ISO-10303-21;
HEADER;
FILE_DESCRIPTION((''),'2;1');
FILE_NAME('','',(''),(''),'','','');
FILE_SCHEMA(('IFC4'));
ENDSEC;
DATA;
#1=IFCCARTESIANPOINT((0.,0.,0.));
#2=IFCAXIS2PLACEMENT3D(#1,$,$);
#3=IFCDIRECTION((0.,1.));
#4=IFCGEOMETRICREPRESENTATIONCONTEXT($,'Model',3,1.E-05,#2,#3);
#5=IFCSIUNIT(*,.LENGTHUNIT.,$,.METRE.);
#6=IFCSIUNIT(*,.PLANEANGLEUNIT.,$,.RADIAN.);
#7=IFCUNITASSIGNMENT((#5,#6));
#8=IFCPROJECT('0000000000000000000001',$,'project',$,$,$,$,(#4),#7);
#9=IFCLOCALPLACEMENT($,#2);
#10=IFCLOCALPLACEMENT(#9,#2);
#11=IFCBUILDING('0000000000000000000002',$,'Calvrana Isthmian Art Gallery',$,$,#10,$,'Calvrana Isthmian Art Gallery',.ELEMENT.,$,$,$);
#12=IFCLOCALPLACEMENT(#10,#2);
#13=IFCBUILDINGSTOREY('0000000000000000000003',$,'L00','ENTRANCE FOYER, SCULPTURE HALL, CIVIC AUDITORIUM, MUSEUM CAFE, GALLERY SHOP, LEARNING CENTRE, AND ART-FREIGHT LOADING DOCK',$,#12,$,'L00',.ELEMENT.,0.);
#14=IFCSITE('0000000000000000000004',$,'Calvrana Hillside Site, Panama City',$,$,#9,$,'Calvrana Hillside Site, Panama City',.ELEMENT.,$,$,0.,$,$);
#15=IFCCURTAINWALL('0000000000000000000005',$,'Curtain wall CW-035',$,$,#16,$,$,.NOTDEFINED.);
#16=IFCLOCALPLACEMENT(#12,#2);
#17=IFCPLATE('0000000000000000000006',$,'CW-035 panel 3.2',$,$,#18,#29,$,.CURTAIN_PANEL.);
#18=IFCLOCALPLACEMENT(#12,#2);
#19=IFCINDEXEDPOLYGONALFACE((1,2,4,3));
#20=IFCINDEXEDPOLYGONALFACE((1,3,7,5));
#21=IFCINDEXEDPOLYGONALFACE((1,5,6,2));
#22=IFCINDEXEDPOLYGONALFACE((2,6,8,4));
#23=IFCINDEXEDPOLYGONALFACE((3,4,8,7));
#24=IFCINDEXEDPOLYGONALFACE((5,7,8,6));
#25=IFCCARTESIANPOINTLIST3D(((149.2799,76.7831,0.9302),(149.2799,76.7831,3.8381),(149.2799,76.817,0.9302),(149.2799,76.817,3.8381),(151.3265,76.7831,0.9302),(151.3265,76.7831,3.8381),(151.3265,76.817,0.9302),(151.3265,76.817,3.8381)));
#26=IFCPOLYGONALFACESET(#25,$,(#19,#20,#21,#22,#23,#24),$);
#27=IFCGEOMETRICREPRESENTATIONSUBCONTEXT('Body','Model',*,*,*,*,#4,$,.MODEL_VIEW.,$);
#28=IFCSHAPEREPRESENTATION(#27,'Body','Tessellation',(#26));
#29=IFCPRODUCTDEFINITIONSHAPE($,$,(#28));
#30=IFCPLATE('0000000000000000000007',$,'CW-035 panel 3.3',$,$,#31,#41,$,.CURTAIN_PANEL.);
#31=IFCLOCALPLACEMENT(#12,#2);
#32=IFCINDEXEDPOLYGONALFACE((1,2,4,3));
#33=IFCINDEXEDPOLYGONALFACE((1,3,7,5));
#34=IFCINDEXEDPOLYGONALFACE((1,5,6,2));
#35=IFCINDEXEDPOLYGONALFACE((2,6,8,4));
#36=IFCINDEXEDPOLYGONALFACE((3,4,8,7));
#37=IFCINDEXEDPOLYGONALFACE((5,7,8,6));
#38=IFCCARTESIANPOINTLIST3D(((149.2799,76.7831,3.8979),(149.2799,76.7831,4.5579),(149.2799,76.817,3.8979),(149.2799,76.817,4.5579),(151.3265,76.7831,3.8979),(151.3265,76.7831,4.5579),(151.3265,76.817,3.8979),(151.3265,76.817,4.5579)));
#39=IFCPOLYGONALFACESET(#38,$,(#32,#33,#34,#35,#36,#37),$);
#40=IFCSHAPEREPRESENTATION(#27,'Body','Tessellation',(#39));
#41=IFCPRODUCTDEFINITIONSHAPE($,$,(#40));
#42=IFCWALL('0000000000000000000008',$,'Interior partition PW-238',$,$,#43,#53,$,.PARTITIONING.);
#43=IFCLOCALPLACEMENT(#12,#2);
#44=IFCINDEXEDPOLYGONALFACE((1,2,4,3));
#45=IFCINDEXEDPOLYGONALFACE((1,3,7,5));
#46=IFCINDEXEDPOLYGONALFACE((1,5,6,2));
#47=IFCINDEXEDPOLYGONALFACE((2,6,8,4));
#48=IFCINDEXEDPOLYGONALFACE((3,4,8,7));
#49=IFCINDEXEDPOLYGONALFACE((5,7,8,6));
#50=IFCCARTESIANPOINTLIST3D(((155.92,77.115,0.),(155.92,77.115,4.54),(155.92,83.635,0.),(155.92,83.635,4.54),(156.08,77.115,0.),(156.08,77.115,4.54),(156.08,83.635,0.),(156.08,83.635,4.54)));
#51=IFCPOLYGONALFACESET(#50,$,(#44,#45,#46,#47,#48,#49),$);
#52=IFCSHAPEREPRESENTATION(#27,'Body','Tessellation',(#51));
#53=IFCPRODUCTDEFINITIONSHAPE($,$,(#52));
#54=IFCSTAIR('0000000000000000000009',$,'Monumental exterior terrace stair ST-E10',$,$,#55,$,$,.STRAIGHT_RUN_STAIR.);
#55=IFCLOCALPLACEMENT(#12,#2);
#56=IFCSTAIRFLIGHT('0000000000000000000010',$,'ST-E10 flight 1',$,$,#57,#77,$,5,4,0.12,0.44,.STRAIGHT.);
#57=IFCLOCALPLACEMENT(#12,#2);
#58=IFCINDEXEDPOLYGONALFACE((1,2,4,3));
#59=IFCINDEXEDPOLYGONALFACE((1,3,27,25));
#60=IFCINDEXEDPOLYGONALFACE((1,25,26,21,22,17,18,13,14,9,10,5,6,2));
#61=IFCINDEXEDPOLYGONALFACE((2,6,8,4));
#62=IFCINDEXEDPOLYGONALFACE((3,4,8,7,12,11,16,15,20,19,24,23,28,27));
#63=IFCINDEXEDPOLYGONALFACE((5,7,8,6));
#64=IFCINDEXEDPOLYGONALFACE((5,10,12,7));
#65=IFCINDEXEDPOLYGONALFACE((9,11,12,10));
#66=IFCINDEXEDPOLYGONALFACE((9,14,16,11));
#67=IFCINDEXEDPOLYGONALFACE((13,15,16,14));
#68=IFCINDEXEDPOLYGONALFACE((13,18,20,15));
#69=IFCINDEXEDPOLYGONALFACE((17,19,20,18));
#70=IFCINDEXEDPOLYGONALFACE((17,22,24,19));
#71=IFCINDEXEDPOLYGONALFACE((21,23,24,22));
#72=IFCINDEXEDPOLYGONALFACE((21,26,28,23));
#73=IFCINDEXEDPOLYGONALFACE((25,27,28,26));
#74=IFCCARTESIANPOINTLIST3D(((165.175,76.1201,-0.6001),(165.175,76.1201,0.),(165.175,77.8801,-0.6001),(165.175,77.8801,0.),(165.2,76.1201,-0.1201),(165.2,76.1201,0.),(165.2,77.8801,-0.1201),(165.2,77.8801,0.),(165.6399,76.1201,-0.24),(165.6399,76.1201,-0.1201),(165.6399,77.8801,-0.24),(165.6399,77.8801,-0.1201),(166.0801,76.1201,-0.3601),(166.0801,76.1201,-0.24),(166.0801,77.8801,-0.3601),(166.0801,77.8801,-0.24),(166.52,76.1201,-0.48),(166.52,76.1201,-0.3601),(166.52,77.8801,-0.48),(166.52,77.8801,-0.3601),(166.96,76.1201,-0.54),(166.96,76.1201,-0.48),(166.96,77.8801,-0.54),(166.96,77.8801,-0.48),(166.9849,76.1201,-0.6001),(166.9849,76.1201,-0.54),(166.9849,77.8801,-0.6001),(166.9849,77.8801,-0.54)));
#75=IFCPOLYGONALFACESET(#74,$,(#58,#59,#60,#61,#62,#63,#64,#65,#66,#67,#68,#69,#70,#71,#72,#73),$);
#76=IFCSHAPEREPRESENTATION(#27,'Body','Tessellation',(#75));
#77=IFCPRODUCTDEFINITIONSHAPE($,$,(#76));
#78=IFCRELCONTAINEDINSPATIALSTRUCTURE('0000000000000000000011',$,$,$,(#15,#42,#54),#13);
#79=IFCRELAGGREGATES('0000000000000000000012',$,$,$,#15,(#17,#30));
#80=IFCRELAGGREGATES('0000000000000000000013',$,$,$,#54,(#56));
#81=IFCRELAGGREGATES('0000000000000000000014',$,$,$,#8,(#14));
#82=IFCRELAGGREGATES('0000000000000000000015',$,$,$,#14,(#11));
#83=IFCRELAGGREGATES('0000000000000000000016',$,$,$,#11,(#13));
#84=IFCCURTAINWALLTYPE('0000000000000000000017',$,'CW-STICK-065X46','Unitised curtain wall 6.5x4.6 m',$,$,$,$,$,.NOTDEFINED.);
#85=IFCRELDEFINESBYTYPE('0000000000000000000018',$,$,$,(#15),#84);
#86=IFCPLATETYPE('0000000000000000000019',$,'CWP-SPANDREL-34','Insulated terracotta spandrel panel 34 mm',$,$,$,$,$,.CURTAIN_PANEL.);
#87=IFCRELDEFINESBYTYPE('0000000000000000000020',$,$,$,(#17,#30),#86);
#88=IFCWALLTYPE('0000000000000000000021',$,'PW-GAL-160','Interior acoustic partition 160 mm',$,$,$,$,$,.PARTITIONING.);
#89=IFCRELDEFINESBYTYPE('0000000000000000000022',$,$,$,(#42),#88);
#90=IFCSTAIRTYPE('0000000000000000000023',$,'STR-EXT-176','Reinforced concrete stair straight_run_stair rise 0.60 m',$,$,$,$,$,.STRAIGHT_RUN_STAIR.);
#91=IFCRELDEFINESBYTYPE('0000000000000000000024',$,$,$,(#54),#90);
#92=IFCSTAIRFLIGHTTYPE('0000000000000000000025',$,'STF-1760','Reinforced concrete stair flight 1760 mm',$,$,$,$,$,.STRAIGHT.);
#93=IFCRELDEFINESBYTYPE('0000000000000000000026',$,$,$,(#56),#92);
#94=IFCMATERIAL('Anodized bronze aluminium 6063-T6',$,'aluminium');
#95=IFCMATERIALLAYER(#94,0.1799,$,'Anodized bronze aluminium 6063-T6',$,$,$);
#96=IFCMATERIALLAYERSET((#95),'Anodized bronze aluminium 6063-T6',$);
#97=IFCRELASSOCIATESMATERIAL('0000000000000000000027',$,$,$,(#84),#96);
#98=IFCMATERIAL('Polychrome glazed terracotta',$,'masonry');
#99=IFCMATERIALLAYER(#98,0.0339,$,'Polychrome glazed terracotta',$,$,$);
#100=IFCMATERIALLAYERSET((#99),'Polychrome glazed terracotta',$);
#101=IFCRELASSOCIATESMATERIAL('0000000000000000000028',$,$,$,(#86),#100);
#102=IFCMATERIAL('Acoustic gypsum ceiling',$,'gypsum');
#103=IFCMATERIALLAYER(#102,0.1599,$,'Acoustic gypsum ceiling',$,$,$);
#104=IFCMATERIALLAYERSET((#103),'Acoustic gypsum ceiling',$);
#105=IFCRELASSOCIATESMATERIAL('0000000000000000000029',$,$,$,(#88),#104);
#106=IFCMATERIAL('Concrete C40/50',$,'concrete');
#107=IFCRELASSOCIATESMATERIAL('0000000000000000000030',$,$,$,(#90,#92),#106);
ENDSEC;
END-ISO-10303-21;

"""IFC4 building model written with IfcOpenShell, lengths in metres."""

from ifc_helpers import new_model, si_unit, direction, frame, frame_2d, origin, origin_2d, place, context, subcontext, project, spatial, polyline, rectangle, outline, extrude, material, layer, layer_set, type_object, element, aggregate, save


model = new_model("IFC4")

# Units and contexts
model_context = context("Model", 3, precision=1e-05, world=origin(), true_north=direction((0.0, 1.0)))
body_context = subcontext(model_context, "Body", "Model", "MODEL_VIEW")
ifc_project = project(units=[si_unit("LENGTHUNIT", "METRE"), si_unit("PLANEANGLEUNIT", "RADIAN")], contexts=[model_context])

# Site, building, storey
site_placement = place(None, origin())
site = spatial("IfcSite", under=ifc_project, at=site_placement, Name="Calvrana Hillside Site, Panama City", LongName="Calvrana Hillside Site, Panama City", CompositionType="ELEMENT", RefElevation=0.0)
building_placement = place(site_placement, origin())
building = spatial("IfcBuilding", under=site, at=building_placement, Name="Calvrana Isthmian Art Gallery", LongName="Calvrana Isthmian Art Gallery", CompositionType="ELEMENT")
storey_placement = place(building_placement, origin())
storey = spatial("IfcBuildingStorey", under=building, at=storey_placement, Name="L00", Description="ENTRANCE FOYER, SCULPTURE HALL, CIVIC AUDITORIUM, MUSEUM CAFE, GALLERY SHOP, LEARNING CENTRE, AND ART-FREIGHT LOADING DOCK", LongName="L00", CompositionType="ELEMENT", Elevation=0.0)

# Shared definitions
ifc_material_1 = material(Name="Concrete C40/50", Category="concrete")

# Shared definitions
ifc_material_2 = material(Name="Anodized bronze aluminium 6063-T6", Category="aluminium")

# Curtain wall, plates
ifc_layer_1 = layer(ifc_material_2, 0.1799, Name="Anodized bronze aluminium 6063-T6")
ifc_layer_set_1 = layer_set([ifc_layer_1], Name="Anodized bronze aluminium 6063-T6")
curtain_wall_type_1 = type_object("IfcCurtainWallType", Name="CW-STICK-065X46", Description="Unitised curtain wall 6.5x4.6 m", PredefinedType="NOTDEFINED", material=ifc_layer_set_1)
curtain_wall_1_placement = place(storey_placement, origin())
curtain_wall_1 = element("IfcCurtainWall", 1, at=curtain_wall_1_placement, inside=storey, type_object=curtain_wall_type_1, Name="Curtain wall CW-035", PredefinedType="NOTDEFINED")
ifc_material_3 = material(Name="Polychrome glazed terracotta", Category="masonry")
ifc_layer_2 = layer(ifc_material_3, 0.0339, Name="Polychrome glazed terracotta")
ifc_layer_set_2 = layer_set([ifc_layer_2], Name="Polychrome glazed terracotta")
plate_type = type_object("IfcPlateType", Name="CWP-SPANDREL-34", Description="Insulated terracotta spandrel panel 34 mm", PredefinedType="CURTAIN_PANEL", material=ifc_layer_set_2)
plate_1_placement = place(storey_placement, frame((150.3032, 76.8, 0.9302), z_axis=(0.0, 0.0, 1.0), x_axis=(-1.0, 0.0, 0.0)))
plate_1 = element("IfcPlate", 2, at=plate_1_placement, type_object=plate_type, Name="CW-035 panel 3.2", PredefinedType="CURTAIN_PANEL", context=body_context, shape_type="SweptSolid", body=[
    extrude(rectangle(XDim=2.0466, YDim=0.0339, at=origin_2d()), origin(), (0.0, 0.0, 1.0), 2.908),
])
plate_2_placement = place(storey_placement, frame((150.3032, 76.8, 3.8979), z_axis=(0.0, 0.0, 1.0), x_axis=(-1.0, 0.0, 0.0)))
plate_2 = element("IfcPlate", 3, at=plate_2_placement, type_object=plate_type, Name="CW-035 panel 3.3", PredefinedType="CURTAIN_PANEL", context=body_context, shape_type="SweptSolid", body=[
    extrude(rectangle(XDim=2.0466, YDim=0.0339, at=origin_2d()), origin(), (0.0, 0.0, 1.0), 0.6599),
])
aggregate(curtain_wall_1, [plate_1, plate_2])

# Wall
ifc_material_4 = material(Name="Acoustic gypsum ceiling", Category="gypsum")
ifc_layer_3 = layer(ifc_material_4, 0.1599, Name="Acoustic gypsum ceiling")
ifc_layer_set_3 = layer_set([ifc_layer_3], Name="Acoustic gypsum ceiling")
wall_type_1 = type_object("IfcWallType", Name="PW-GAL-160", Description="Interior acoustic partition 160 mm", PredefinedType="PARTITIONING", material=ifc_layer_set_3)
wall_1_placement = place(storey_placement, frame((156.0, 77.115, 0.0), z_axis=(0.0, 0.0, 1.0), x_axis=(0.0, 1.0, 0.0)))
element("IfcWall", 4, at=wall_1_placement, inside=storey, type_object=wall_type_1, Name="Interior partition PW-238", PredefinedType="PARTITIONING", context=body_context, shape_type="SweptSolid", body=[
    extrude(rectangle(XDim=6.52, YDim=0.1599, at=frame_2d((3.26, 0.0))), origin(), (0.0, 0.0, 1.0), 4.54),
])

# Stair, stair flight
stair_type = type_object("IfcStairType", Name="STR-EXT-176", Description="Reinforced concrete stair straight_run_stair rise 0.60 m", PredefinedType="STRAIGHT_RUN_STAIR", material=ifc_material_1)
stair_placement = place(storey_placement, origin())
stair = element("IfcStair", 5, at=stair_placement, inside=storey, type_object=stair_type, Name="Monumental exterior terrace stair ST-E10", PredefinedType="STRAIGHT_RUN_STAIR")
stair_flight_type = type_object("IfcStairFlightType", Name="STF-1760", Description="Reinforced concrete stair flight 1760 mm", PredefinedType="STRAIGHT", material=ifc_material_1)
stair_flight_placement = place(storey_placement, frame((166.96, 77.0, -0.6001), z_axis=(0.0, 0.0, 1.0), x_axis=(-1.0, 0.0, 0.0)))
stair_flight = element("IfcStairFlight", 6, at=stair_flight_placement, type_object=stair_flight_type, Name="ST-E10 flight 1", NumberOfRisers=5, NumberOfTreads=4, PredefinedType="STRAIGHT", RiserHeight=0.12, TreadLength=0.44, context=body_context, shape_type="SweptSolid", body=[
    extrude(outline(polyline([(-0.0249, 0.0), (-0.0249, 0.0601), (0.0, 0.0601), (0.0, 0.1201), (0.4399, 0.1201), (0.4399, 0.24), (0.8799, 0.24), (0.8799, 0.3601), (1.3201, 0.3601), (1.3201, 0.48), (1.76, 0.48), (1.76, 0.6001), (1.7849, 0.6001), (1.7849, 0.0), (-0.0249, 0.0)])), frame((0.0, 0.8799, 0.0), z_axis=(0.0, -1.0, 0.0), x_axis=(1.0, 0.0, 0.0)), (0.0, 0.0, 1.0), 1.76),
])
aggregate(stair, [stair_flight])

save(model, "model.ifc")
